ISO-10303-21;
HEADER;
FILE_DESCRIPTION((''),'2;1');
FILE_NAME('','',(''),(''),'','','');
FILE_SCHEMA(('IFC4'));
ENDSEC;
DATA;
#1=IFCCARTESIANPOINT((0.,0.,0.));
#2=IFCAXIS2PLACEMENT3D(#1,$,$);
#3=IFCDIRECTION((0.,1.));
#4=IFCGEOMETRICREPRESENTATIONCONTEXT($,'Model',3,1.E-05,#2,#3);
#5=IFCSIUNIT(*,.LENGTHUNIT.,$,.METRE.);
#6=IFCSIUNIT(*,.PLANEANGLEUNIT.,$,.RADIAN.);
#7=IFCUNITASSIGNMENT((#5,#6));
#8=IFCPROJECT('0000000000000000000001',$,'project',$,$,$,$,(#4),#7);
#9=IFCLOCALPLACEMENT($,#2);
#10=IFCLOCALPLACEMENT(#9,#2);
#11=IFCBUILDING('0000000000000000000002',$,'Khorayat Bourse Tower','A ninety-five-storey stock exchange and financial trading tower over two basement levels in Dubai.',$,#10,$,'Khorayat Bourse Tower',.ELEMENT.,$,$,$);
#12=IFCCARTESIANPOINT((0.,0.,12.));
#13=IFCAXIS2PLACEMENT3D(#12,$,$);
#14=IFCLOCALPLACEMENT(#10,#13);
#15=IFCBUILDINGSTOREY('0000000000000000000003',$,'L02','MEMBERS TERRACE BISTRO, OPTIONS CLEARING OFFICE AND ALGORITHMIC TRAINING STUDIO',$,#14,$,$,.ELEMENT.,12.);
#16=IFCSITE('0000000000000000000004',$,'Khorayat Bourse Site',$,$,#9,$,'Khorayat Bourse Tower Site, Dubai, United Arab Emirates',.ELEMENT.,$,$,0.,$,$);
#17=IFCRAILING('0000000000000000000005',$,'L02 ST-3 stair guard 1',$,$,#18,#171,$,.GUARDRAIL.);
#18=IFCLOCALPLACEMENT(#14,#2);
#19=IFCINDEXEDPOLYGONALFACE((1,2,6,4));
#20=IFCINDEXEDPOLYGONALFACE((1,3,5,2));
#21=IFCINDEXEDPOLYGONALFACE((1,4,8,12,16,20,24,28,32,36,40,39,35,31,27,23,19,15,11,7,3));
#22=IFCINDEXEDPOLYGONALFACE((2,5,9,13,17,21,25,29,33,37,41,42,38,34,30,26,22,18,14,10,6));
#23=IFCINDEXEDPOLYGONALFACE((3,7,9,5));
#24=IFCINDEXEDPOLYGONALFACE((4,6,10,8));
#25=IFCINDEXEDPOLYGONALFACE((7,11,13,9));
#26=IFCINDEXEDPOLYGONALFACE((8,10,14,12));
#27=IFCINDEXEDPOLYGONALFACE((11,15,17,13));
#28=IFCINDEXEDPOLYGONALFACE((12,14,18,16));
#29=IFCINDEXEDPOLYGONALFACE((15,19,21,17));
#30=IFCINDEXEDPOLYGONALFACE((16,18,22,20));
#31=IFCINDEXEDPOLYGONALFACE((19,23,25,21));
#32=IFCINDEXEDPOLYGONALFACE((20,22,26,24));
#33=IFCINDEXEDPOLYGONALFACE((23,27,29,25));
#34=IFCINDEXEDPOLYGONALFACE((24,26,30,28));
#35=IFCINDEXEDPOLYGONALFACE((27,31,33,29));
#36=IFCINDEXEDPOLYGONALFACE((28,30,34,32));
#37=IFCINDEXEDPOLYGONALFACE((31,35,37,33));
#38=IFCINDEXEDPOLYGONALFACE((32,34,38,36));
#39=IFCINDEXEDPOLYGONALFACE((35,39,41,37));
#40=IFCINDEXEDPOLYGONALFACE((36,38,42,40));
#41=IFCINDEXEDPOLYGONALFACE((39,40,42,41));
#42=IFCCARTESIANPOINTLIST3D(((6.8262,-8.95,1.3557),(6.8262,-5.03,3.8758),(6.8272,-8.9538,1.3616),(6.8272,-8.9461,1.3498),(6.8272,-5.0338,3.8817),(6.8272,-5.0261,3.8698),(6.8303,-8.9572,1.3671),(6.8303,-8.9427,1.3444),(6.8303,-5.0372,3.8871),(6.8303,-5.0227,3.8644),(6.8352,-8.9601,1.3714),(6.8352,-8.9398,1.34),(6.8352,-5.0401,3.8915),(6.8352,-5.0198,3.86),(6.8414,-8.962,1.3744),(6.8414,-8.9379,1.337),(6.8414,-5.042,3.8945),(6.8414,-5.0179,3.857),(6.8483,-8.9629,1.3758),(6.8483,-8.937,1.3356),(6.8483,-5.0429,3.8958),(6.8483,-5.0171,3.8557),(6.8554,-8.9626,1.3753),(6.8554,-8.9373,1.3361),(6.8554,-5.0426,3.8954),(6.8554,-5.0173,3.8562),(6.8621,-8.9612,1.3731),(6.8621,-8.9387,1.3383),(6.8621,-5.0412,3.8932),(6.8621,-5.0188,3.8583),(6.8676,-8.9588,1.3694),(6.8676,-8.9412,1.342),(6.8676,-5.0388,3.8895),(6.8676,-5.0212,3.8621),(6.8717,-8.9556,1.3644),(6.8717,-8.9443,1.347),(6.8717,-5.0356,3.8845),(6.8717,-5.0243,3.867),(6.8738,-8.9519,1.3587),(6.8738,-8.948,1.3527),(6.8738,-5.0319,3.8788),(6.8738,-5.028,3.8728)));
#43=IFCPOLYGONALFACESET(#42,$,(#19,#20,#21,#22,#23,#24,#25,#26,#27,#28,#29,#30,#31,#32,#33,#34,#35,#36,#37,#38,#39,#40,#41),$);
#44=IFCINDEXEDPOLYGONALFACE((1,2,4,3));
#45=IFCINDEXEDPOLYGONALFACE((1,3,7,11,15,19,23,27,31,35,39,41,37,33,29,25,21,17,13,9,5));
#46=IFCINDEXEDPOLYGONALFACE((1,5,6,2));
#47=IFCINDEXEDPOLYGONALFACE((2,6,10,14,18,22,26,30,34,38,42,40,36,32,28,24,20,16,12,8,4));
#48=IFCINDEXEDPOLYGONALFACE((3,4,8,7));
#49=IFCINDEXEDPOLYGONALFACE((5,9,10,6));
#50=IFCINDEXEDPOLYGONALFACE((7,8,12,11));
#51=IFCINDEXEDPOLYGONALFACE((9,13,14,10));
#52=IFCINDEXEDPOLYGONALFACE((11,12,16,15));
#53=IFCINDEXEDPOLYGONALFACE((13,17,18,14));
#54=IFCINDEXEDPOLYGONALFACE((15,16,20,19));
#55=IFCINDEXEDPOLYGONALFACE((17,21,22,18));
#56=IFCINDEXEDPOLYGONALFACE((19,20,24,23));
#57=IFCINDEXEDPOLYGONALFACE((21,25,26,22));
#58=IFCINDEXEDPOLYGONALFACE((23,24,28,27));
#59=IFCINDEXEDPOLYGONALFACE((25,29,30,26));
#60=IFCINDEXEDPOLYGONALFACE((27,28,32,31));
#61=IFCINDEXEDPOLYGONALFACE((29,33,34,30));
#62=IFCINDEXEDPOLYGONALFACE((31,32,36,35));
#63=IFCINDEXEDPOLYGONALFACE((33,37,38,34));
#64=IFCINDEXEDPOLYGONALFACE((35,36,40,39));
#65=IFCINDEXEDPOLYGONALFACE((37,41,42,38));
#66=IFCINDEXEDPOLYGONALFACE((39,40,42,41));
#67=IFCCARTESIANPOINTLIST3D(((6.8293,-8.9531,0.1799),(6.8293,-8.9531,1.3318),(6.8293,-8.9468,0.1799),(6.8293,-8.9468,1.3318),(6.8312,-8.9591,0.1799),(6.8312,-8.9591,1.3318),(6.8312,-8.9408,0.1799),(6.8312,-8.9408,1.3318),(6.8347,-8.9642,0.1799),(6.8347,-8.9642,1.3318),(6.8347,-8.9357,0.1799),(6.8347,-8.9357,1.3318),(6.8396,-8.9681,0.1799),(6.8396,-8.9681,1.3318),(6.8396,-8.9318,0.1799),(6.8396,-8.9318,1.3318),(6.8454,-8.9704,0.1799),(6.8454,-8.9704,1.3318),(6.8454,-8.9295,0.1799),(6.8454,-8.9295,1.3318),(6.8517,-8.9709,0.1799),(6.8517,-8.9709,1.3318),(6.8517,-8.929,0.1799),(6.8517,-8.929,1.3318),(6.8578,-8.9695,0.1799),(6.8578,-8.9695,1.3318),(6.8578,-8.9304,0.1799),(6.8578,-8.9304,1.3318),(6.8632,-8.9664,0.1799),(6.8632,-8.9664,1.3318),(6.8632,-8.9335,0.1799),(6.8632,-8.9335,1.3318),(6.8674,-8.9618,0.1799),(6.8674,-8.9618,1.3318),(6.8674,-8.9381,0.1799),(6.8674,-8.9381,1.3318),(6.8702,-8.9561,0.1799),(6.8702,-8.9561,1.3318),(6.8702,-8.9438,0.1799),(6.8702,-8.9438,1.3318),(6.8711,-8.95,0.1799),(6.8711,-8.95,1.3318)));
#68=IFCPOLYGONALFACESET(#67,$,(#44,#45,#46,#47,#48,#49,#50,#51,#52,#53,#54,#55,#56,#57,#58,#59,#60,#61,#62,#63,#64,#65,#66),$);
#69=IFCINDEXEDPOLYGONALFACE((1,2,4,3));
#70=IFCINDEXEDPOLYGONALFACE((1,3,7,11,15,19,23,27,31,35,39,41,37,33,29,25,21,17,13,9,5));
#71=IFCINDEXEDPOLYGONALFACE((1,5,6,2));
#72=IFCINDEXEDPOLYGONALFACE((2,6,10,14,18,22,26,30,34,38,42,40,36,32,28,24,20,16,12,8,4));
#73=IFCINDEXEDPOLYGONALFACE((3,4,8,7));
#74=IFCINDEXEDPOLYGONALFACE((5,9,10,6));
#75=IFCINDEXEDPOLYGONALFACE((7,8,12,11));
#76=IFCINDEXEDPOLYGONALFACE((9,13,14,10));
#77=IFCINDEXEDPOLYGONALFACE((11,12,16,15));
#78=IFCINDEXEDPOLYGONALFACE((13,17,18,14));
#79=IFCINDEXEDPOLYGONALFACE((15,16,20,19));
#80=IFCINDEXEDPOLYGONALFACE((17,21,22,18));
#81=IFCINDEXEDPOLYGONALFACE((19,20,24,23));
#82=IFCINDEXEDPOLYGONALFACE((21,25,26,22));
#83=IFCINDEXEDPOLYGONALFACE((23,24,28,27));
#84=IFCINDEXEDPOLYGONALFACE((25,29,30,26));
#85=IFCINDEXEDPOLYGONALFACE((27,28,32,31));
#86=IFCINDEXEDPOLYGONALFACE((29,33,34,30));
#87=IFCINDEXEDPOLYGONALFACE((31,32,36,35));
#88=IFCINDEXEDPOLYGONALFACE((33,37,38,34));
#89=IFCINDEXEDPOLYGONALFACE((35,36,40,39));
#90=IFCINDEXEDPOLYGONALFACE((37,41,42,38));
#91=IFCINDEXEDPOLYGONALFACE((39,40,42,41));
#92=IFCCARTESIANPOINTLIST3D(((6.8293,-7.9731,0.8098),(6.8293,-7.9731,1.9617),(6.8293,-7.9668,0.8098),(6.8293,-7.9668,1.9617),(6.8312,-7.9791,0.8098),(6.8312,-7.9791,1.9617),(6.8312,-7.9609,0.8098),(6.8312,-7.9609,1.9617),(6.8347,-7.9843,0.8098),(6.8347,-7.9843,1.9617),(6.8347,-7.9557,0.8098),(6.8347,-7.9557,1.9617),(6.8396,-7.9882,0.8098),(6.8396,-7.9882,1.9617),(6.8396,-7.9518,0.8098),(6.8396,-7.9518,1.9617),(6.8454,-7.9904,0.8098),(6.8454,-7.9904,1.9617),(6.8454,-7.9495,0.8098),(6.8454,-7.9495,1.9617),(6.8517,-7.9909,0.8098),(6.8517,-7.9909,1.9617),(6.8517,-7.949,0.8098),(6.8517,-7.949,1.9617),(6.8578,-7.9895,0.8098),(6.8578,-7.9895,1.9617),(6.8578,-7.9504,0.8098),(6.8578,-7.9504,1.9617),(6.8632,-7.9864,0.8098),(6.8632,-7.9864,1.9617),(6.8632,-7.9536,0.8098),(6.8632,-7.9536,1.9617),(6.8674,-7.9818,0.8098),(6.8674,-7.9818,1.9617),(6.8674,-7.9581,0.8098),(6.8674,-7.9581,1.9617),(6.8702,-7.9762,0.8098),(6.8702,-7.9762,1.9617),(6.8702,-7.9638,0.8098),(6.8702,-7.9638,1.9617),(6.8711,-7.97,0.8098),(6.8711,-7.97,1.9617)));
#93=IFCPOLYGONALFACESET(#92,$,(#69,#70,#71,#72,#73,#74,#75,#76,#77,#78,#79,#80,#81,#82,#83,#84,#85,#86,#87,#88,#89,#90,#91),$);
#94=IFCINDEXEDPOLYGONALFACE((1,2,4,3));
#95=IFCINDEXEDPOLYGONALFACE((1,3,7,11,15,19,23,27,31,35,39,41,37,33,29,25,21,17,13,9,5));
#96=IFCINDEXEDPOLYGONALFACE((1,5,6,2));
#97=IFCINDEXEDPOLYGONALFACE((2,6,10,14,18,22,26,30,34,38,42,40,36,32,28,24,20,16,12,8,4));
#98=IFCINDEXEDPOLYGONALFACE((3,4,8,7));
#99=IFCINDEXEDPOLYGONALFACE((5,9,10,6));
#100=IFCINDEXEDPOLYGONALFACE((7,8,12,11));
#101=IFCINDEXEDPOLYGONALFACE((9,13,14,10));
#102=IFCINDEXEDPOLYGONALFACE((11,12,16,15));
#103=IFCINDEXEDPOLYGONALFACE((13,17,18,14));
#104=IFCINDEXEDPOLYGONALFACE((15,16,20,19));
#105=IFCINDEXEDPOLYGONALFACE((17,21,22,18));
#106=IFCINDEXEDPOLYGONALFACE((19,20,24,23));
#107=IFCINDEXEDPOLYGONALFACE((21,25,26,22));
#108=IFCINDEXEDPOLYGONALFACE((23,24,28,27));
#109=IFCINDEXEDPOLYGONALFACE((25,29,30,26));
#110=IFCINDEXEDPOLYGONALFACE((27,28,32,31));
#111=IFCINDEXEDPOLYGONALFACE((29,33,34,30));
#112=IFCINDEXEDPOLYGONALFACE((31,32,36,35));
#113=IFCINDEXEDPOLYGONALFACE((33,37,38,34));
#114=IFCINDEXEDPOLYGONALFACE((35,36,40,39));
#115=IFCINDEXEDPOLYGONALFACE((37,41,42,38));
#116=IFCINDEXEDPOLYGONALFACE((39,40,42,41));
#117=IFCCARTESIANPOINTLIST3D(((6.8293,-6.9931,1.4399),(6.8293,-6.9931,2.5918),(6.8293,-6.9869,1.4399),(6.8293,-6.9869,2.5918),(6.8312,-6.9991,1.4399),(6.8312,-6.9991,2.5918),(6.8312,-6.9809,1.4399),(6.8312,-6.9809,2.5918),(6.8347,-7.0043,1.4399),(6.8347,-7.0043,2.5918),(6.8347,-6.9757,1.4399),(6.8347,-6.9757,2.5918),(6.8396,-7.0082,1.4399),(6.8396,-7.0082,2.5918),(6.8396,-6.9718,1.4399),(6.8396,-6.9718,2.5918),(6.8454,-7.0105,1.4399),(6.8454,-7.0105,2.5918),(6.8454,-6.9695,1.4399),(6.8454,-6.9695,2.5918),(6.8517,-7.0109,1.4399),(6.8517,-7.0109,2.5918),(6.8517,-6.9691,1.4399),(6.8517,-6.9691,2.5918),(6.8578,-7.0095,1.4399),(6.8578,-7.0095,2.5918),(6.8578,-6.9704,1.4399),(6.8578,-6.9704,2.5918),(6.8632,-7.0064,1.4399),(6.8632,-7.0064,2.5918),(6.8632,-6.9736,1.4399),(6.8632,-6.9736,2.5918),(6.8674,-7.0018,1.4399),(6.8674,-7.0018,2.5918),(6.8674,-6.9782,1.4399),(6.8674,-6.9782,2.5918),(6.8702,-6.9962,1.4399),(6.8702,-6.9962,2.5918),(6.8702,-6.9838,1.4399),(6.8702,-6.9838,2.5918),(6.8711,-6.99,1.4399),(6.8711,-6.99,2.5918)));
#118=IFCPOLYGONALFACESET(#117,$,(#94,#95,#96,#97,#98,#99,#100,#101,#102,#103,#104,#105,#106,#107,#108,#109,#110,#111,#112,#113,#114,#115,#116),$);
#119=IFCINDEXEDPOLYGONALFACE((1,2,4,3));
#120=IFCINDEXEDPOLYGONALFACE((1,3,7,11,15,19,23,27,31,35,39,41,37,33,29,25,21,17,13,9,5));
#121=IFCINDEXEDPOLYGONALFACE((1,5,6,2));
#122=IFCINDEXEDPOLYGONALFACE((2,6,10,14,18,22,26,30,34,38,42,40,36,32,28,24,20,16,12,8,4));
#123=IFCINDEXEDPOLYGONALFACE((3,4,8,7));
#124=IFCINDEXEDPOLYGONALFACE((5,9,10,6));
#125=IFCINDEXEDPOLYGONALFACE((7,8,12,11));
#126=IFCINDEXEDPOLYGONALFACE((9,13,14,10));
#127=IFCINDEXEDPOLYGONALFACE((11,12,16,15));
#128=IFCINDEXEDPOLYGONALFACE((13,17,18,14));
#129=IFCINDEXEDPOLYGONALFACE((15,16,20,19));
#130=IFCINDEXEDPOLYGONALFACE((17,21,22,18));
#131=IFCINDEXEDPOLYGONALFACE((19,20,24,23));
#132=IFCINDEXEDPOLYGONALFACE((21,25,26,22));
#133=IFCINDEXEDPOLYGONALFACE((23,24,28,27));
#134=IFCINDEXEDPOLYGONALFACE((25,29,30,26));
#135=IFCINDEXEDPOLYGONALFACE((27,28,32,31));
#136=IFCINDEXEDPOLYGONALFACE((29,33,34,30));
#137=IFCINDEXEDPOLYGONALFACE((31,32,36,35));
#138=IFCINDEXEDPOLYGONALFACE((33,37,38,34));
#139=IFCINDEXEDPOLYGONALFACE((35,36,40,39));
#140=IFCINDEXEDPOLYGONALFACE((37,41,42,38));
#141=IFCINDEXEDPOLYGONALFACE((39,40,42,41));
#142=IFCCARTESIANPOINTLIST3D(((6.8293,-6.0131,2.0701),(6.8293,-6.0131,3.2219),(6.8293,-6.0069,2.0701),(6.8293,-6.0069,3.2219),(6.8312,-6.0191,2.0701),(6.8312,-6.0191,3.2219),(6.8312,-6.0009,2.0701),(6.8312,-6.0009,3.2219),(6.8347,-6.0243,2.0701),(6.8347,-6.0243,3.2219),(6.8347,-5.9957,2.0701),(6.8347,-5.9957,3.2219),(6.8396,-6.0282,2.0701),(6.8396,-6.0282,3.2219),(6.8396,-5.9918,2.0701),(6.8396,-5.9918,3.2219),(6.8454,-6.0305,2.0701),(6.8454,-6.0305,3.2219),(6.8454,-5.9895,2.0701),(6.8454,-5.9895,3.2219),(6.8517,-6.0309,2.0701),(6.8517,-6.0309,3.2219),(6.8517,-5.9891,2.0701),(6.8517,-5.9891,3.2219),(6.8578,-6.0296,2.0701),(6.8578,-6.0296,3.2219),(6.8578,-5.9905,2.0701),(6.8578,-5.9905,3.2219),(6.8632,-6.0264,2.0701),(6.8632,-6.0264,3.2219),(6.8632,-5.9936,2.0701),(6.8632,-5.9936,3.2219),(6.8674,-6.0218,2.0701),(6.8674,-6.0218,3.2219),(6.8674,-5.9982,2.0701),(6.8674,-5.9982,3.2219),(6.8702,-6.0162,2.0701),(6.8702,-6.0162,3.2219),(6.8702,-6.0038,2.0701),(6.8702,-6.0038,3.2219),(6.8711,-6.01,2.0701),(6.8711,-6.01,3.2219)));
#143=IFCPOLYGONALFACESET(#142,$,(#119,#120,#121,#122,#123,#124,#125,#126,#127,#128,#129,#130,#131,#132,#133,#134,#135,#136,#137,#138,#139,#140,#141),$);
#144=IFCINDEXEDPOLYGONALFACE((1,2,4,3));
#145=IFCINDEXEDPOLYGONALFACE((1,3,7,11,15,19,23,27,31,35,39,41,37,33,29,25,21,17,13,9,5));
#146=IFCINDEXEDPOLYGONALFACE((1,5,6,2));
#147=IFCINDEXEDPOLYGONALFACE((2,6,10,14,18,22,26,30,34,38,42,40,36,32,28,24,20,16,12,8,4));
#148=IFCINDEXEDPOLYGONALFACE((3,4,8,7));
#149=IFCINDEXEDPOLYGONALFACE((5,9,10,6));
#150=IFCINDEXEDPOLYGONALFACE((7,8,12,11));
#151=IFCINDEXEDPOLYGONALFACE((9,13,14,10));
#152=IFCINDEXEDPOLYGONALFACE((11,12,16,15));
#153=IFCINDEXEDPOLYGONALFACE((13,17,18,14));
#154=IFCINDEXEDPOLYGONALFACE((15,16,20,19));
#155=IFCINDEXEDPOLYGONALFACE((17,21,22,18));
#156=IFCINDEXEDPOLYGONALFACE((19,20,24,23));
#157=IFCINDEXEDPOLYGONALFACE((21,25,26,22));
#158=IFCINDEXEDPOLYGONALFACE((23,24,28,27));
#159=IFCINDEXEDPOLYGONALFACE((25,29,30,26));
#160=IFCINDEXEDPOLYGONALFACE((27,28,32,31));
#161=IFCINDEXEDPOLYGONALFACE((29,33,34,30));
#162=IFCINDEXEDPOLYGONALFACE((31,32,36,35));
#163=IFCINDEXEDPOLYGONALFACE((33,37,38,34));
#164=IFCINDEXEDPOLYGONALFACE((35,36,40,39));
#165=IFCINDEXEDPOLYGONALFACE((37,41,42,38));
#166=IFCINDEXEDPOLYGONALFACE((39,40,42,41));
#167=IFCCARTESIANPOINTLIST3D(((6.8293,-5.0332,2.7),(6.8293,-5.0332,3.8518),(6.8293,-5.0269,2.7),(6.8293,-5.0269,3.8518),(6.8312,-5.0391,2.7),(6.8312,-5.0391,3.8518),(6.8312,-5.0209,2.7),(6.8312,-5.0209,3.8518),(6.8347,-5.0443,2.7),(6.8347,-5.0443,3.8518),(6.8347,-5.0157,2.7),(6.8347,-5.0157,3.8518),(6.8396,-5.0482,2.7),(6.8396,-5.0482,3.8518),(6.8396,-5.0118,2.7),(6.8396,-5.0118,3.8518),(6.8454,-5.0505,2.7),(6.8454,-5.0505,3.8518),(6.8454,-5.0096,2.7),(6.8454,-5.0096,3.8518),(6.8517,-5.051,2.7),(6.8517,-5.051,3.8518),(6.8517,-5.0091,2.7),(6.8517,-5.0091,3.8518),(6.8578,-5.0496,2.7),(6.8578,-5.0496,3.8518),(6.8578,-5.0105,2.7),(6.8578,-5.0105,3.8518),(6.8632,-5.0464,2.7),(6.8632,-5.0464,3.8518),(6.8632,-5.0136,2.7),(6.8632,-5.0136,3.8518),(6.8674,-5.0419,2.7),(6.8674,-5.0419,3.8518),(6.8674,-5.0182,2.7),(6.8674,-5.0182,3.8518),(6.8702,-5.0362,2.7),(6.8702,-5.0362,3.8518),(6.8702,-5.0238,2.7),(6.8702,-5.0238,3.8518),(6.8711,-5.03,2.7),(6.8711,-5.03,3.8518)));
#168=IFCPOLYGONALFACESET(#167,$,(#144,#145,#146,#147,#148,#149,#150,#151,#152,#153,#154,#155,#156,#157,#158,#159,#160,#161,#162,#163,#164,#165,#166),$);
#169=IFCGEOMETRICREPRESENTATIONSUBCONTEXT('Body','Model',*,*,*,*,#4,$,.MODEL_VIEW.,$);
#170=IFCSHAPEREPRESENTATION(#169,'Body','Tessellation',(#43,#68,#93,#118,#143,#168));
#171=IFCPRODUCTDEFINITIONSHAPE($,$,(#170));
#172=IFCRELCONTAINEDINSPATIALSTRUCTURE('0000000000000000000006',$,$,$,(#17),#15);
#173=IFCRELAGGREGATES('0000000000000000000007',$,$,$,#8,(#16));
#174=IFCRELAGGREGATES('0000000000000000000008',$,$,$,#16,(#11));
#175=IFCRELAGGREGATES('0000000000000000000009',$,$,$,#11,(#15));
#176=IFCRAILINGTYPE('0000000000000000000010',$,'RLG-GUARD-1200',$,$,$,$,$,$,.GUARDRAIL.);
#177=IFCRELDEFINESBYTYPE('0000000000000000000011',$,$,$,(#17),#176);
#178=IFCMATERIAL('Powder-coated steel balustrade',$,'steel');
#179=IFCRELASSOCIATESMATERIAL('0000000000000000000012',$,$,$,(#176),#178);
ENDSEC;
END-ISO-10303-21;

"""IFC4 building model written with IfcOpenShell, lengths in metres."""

from ifc_helpers import new_model, si_unit, direction, frame, origin, origin_2d, place, context, subcontext, project, spatial, circle, extrude, source, transform, mapped, material, type_object, element, save


model = new_model("IFC4")

# Units and contexts
model_context = context("Model", 3, precision=1e-05, world=origin(), true_north=direction((0.0, 1.0)))
body_context = subcontext(model_context, "Body", "Model", "MODEL_VIEW")
ifc_project = project(units=[si_unit("LENGTHUNIT", "METRE"), si_unit("PLANEANGLEUNIT", "RADIAN")], contexts=[model_context])

# Site, building, storey
site_placement = place(None, origin())
site = spatial("IfcSite", under=ifc_project, at=site_placement, Name="Khorayat Bourse Site", LongName="Khorayat Bourse Tower Site, Dubai, United Arab Emirates", CompositionType="ELEMENT", RefElevation=0.0)
building_placement = place(site_placement, origin())
building = spatial("IfcBuilding", under=site, at=building_placement, Name="Khorayat Bourse Tower", Description="A ninety-five-storey stock exchange and financial trading tower over two basement levels in Dubai.", LongName="Khorayat Bourse Tower", CompositionType="ELEMENT")
storey_placement = place(building_placement, frame((0.0, 0.0, 12.0)))
storey = spatial("IfcBuildingStorey", under=building, at=storey_placement, Name="L02", Description="MEMBERS TERRACE BISTRO, OPTIONS CLEARING OFFICE AND ALGORITHMIC TRAINING STUDIO", CompositionType="ELEMENT", Elevation=12.0)

# Railing
ifc_material_1 = material(Name="Powder-coated steel balustrade", Category="steel")
railing_type_1 = type_object("IfcRailingType", Name="RLG-GUARD-1200", PredefinedType="GUARDRAIL", material=ifc_material_1)
shared_shape_1 = source(origin(), body_context, "Body", "SweptSolid", [
    extrude(circle(Radius=0.0239, at=origin_2d()), frame((0.0, 0.0, 1.1758), z_axis=(0.0, 0.841172, 0.540768), x_axis=(-1.0, 0.0, 0.0)), (0.0, 0.0, 1.0), 4.6602),
    extrude(circle(Radius=0.021, at=origin_2d()), origin(), (0.0, 0.0, 1.0), 1.1519),
    extrude(circle(Radius=0.021, at=origin_2d()), frame((0.0, 0.98, 0.6299)), (0.0, 0.0, 1.0), 1.1519),
    extrude(circle(Radius=0.021, at=origin_2d()), frame((0.0, 1.96, 1.26)), (0.0, 0.0, 1.0), 1.1519),
    extrude(circle(Radius=0.021, at=origin_2d()), frame((0.0, 2.9399, 1.8901)), (0.0, 0.0, 1.0), 1.1519),
    extrude(circle(Radius=0.021, at=origin_2d()), frame((0.0, 3.9199, 2.52)), (0.0, 0.0, 1.0), 1.1519),
])
railing_1_placement = place(storey_placement, frame((6.8501, -8.95, 0.1799)))
element("IfcRailing", 1, at=railing_1_placement, inside=storey, type_object=railing_type_1, Name="L02 ST-3 stair guard 1", PredefinedType="GUARDRAIL", context=body_context, shape_type="MappedRepresentation", body=[
    mapped(shared_shape_1, transform((0.0, 0.0, 0.0), scale=1.0)),
])

save(model, "model.ifc")
